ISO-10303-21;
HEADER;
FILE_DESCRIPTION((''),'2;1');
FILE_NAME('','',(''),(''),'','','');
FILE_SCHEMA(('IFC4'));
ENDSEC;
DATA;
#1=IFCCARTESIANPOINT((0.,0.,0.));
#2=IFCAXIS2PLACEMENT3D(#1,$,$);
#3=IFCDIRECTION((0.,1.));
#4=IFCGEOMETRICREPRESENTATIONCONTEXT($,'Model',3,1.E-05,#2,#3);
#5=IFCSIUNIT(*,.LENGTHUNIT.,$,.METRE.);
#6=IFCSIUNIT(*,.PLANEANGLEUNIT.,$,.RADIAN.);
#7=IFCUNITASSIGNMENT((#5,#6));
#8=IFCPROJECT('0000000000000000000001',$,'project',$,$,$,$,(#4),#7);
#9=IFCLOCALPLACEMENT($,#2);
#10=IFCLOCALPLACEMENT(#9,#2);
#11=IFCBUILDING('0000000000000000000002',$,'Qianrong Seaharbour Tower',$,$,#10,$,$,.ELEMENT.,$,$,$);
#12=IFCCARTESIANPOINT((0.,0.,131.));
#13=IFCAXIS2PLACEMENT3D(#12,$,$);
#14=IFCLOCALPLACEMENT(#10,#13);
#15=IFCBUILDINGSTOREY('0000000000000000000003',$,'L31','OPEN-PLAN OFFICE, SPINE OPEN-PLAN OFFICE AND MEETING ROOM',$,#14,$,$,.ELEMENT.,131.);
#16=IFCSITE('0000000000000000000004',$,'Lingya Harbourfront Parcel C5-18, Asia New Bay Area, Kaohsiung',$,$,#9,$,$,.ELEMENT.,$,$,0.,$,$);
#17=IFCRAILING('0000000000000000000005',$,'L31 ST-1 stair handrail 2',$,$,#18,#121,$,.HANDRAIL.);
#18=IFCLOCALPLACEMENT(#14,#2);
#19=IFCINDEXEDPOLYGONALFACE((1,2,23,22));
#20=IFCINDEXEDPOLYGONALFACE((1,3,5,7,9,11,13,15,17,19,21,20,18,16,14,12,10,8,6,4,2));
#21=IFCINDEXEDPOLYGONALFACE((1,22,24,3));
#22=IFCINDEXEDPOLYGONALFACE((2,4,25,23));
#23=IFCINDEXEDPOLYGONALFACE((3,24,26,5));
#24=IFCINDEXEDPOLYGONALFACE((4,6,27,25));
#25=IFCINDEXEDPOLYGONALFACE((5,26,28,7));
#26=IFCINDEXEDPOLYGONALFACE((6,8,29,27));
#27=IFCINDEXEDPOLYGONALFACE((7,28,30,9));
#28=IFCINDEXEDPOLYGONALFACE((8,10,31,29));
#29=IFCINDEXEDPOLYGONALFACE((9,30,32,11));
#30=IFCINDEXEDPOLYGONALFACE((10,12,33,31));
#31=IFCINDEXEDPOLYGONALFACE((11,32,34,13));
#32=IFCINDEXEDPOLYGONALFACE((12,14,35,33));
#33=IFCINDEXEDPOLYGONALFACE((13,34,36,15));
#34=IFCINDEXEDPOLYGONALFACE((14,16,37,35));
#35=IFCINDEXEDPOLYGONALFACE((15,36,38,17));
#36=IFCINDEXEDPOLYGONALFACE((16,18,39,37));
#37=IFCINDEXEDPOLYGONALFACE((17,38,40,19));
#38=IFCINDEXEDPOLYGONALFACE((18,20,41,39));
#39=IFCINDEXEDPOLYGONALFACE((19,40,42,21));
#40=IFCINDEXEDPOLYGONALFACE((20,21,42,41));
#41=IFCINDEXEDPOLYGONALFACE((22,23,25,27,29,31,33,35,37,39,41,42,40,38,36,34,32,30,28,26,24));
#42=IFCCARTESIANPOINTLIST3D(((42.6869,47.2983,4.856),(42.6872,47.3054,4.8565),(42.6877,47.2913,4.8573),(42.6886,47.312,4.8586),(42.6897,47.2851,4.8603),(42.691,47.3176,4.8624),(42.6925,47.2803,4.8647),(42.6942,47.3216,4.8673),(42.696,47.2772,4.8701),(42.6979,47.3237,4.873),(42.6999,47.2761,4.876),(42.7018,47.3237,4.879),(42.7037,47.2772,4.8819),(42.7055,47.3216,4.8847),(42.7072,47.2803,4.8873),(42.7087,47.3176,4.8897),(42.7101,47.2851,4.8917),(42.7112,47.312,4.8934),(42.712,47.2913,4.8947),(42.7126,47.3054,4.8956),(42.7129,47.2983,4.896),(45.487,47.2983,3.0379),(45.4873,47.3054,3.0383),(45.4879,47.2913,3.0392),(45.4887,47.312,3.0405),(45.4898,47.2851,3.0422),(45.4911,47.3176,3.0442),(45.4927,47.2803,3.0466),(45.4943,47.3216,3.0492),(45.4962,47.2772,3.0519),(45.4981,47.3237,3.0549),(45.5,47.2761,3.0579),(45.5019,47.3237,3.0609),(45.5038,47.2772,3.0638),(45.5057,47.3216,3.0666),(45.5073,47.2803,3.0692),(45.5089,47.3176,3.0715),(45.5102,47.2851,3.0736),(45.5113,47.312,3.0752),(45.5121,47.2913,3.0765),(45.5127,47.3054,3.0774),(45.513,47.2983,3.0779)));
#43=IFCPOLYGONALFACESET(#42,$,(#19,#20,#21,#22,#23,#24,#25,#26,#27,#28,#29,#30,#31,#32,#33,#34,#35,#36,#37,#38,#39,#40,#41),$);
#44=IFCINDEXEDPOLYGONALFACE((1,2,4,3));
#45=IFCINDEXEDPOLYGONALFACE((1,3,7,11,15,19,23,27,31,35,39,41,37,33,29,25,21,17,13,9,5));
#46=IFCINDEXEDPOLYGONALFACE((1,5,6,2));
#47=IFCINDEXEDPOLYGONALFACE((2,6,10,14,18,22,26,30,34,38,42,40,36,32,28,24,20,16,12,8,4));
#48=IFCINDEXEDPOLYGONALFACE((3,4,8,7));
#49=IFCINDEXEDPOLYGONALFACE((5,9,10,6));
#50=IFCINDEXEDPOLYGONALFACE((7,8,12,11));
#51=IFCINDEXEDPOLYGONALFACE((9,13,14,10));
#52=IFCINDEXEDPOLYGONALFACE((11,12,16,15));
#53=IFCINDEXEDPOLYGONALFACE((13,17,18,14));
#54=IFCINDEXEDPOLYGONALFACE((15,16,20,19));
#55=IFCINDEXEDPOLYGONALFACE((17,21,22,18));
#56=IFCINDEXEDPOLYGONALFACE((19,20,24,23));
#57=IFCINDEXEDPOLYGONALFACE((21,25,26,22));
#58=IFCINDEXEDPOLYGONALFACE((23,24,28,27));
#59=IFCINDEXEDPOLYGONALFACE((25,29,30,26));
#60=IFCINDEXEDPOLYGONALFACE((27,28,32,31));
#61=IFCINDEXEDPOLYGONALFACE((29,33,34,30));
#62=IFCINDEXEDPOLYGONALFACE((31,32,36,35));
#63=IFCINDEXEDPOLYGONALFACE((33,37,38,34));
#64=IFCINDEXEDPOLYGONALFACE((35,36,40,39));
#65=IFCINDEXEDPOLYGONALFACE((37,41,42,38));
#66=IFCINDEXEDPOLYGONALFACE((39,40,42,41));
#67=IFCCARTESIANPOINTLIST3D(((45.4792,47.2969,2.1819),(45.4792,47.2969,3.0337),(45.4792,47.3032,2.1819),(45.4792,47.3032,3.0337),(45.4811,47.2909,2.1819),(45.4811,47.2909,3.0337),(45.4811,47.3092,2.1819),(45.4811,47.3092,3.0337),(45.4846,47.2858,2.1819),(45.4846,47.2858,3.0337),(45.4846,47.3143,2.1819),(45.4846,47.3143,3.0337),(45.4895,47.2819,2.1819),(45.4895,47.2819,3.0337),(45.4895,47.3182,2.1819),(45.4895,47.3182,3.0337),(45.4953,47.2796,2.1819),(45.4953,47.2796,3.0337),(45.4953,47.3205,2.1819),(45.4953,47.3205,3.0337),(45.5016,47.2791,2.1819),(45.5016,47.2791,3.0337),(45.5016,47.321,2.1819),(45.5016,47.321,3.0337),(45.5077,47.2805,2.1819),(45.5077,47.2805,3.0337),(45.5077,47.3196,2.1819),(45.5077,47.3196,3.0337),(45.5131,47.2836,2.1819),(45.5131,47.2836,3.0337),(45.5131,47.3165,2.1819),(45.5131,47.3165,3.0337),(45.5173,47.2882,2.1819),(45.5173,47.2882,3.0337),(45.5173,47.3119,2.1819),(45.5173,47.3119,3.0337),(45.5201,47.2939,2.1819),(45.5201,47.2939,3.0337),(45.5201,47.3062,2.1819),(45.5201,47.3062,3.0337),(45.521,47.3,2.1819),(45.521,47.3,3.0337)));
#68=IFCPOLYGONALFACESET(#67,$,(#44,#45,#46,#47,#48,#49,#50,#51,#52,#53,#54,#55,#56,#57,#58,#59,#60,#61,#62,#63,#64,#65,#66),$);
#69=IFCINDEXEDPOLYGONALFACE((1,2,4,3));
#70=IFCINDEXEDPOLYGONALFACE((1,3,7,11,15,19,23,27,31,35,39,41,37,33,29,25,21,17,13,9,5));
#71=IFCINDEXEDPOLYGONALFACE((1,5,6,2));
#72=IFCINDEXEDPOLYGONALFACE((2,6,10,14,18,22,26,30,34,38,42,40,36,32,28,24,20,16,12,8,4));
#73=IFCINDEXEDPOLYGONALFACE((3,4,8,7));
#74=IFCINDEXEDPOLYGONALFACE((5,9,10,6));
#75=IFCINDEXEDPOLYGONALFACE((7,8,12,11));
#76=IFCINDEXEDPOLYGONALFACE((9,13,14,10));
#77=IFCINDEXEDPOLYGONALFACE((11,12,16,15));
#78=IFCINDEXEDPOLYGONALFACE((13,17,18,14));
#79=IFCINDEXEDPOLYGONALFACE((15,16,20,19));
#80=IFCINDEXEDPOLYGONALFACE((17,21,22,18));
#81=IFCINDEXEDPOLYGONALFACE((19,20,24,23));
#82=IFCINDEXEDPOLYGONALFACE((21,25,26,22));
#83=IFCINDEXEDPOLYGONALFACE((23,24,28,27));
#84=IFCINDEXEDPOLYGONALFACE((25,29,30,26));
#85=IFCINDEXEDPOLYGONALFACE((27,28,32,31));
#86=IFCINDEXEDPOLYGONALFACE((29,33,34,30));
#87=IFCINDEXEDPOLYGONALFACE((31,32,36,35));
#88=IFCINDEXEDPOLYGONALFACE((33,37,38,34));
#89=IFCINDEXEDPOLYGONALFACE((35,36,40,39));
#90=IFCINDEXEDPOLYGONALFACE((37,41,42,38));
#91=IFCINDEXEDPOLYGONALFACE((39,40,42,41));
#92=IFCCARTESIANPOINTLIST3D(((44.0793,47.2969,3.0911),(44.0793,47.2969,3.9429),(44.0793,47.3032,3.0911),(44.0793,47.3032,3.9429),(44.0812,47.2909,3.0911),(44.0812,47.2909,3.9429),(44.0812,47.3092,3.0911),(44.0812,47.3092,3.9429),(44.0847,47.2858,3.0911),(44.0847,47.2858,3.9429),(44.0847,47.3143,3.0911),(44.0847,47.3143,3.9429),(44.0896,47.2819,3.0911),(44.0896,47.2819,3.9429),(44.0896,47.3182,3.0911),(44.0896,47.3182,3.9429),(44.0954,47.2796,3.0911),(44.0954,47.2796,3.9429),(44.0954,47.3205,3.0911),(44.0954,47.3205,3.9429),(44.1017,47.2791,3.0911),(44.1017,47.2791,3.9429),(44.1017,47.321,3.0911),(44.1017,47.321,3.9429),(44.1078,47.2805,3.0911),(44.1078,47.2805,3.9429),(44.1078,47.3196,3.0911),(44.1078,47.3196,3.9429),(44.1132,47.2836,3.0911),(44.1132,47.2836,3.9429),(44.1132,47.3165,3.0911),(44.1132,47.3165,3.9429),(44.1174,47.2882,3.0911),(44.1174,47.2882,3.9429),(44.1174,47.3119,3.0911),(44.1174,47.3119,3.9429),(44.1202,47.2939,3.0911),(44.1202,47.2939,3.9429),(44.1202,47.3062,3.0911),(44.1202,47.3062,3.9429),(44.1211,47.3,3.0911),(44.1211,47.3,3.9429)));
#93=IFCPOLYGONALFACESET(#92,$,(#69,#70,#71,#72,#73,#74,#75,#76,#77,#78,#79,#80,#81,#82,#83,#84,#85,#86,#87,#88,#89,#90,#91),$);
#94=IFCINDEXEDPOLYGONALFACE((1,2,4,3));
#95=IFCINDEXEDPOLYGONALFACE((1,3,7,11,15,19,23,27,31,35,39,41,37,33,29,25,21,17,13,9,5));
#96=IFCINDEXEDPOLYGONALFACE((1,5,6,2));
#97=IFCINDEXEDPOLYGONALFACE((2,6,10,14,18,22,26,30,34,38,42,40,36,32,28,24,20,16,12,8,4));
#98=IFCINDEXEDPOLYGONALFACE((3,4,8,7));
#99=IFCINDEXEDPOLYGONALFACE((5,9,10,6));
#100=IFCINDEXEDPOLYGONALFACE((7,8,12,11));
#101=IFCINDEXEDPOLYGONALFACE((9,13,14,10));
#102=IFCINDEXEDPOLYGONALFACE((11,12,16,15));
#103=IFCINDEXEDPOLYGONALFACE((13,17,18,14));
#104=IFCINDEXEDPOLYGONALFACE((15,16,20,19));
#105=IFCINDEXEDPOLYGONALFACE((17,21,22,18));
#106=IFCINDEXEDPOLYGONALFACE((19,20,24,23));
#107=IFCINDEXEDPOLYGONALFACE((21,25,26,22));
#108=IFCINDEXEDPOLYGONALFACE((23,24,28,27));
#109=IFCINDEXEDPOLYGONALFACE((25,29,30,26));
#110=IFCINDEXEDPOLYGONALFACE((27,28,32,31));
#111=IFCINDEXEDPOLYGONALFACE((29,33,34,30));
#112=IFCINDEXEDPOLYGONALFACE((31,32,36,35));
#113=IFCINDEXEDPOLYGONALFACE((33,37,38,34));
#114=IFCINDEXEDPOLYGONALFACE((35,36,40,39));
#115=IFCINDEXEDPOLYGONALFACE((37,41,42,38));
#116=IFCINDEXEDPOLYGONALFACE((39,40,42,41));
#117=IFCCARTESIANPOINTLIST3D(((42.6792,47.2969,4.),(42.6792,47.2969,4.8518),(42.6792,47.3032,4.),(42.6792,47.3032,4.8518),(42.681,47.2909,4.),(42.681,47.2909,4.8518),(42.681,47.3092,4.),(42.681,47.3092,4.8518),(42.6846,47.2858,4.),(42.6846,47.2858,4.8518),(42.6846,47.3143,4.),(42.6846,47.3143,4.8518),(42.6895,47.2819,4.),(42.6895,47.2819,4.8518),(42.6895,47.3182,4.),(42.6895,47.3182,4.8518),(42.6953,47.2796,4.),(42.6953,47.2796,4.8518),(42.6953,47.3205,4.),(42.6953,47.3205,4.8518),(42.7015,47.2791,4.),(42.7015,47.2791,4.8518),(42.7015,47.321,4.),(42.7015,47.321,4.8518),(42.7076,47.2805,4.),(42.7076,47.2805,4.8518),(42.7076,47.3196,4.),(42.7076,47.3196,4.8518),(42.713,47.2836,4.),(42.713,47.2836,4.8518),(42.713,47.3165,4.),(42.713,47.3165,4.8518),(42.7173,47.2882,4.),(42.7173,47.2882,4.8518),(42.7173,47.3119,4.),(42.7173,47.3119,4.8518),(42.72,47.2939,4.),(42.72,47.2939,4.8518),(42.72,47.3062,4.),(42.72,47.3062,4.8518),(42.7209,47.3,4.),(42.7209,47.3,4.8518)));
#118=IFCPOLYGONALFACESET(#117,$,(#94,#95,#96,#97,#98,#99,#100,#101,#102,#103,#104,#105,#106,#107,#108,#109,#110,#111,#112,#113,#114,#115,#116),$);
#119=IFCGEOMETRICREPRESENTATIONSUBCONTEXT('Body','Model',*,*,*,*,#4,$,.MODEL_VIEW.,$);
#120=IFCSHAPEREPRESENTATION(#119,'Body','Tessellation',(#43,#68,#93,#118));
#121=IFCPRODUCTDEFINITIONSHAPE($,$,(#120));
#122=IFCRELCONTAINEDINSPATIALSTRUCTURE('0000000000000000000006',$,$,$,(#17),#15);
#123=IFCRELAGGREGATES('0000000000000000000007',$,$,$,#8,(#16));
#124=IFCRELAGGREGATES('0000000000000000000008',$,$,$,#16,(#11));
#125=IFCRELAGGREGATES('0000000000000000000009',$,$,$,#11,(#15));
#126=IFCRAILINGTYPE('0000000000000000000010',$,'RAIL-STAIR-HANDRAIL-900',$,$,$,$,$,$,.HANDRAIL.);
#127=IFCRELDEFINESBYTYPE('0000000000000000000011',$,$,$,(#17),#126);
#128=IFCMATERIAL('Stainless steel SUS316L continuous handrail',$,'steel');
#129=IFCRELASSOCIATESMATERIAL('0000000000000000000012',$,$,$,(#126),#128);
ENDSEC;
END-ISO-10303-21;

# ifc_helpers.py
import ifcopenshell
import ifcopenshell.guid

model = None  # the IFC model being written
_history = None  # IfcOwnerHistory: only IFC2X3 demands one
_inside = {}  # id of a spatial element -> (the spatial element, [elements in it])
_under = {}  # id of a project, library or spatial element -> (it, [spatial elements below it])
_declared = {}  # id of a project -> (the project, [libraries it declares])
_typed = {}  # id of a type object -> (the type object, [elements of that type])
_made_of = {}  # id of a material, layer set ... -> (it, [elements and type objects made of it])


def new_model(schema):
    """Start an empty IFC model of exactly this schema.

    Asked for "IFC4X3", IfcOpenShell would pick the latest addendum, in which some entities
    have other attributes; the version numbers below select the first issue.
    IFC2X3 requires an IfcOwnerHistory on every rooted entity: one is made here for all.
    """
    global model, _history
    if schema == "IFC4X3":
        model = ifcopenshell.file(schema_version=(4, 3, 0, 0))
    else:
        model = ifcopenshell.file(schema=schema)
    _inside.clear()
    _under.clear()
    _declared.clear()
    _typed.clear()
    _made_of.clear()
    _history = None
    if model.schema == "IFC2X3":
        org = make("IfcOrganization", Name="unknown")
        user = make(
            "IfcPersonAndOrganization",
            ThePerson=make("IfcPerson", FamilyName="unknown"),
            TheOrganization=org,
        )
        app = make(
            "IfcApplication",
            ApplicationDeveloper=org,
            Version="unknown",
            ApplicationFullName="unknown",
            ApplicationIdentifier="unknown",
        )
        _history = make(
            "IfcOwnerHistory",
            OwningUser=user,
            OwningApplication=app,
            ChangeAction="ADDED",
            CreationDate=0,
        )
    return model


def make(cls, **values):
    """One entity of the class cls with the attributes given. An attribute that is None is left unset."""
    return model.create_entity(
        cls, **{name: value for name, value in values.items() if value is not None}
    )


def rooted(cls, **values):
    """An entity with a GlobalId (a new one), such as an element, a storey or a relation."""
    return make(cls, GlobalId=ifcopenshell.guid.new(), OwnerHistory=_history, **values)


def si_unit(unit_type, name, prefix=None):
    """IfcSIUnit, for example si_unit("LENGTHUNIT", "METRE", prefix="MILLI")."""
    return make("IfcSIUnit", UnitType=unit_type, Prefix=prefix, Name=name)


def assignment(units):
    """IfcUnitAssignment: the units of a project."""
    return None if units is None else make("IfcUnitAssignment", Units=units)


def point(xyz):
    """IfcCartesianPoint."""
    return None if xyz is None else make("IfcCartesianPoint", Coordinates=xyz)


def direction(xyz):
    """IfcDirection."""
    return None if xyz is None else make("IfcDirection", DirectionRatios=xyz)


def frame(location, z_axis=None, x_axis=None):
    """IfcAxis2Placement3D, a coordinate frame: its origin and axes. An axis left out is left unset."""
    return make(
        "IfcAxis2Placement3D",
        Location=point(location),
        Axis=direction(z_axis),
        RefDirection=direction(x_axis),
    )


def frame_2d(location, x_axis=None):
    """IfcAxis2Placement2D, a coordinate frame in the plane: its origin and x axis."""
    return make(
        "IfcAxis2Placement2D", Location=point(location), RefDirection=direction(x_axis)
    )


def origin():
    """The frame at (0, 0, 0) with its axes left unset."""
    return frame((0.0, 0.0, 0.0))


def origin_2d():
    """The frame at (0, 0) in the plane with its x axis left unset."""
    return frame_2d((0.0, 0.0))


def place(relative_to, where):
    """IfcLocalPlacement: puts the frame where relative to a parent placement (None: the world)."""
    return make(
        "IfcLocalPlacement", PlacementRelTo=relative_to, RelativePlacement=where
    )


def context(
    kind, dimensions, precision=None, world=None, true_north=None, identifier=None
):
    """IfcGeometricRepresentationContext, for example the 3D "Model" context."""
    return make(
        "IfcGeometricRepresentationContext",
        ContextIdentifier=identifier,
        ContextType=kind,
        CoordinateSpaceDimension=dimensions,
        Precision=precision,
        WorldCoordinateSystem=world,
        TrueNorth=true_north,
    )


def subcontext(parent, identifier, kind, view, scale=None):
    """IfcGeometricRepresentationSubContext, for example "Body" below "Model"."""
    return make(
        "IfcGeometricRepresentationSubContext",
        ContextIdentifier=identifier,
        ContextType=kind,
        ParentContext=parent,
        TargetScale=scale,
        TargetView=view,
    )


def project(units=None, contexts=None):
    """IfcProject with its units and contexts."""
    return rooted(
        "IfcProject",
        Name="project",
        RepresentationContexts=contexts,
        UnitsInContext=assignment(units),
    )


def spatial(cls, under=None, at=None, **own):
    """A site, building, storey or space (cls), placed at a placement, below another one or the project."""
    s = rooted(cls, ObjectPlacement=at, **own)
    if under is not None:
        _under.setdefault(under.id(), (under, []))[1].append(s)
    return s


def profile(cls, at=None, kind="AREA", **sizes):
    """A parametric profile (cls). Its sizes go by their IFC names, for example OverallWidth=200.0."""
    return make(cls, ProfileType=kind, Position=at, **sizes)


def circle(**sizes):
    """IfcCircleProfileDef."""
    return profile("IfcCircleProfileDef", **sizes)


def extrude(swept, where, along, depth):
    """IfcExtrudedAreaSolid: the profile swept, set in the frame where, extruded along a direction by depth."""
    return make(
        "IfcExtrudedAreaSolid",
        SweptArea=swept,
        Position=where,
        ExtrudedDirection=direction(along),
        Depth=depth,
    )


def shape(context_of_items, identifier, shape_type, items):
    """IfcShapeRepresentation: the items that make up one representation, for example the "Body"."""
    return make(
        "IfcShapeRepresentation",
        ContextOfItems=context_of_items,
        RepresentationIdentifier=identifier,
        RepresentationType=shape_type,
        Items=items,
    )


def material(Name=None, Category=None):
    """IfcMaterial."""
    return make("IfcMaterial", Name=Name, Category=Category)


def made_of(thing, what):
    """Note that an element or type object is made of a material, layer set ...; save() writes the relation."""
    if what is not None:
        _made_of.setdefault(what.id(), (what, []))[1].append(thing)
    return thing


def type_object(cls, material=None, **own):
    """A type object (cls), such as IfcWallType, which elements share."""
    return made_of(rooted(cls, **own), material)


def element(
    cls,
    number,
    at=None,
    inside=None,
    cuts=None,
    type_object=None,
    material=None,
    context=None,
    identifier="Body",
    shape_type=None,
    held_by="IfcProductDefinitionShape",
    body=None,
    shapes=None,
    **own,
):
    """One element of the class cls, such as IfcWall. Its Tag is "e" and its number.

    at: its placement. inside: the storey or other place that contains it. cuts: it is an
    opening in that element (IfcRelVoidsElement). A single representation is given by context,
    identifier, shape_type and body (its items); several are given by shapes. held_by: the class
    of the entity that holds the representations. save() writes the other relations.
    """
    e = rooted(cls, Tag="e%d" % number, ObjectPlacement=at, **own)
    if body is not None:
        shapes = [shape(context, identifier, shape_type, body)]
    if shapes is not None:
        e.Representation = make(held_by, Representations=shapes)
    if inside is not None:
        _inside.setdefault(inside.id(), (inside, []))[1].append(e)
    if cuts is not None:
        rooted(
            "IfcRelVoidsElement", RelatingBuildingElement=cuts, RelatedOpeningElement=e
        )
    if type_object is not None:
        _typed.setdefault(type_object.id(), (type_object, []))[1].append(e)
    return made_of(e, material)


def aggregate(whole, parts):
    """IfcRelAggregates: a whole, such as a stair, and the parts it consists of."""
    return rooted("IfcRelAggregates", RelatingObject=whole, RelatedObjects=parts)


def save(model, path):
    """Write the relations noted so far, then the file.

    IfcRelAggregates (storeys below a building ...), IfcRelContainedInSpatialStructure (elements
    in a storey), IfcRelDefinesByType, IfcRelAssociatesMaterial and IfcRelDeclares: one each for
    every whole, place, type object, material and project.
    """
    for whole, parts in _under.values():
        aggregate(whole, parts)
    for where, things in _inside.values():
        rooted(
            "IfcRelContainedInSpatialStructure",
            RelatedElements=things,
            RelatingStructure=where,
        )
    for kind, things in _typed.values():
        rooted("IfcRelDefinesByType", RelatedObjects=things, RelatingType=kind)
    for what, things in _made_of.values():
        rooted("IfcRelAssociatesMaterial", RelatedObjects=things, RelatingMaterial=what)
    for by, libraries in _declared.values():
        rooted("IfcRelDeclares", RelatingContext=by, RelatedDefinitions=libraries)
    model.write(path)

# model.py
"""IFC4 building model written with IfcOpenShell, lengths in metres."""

from ifc_helpers import new_model, si_unit, direction, frame, origin, origin_2d, place, context, subcontext, project, spatial, circle, extrude, material, type_object, element, save


model = new_model("IFC4")

# Units and contexts
model_context = context("Model", 3, precision=1e-05, world=origin(), true_north=direction((0.0, 1.0)))
body_context = subcontext(model_context, "Body", "Model", "MODEL_VIEW")
ifc_project = project(units=[si_unit("LENGTHUNIT", "METRE"), si_unit("PLANEANGLEUNIT", "RADIAN")], contexts=[model_context])

# Site, building, storey
site_placement = place(None, origin())
site = spatial("IfcSite", under=ifc_project, at=site_placement, Name="Lingya Harbourfront Parcel C5-18, Asia New Bay Area, Kaohsiung", CompositionType="ELEMENT", RefElevation=0.0)
building_placement = place(site_placement, origin())
building = spatial("IfcBuilding", under=site, at=building_placement, Name="Qianrong Seaharbour Tower", CompositionType="ELEMENT")
storey_placement = place(building_placement, frame((0.0, 0.0, 131.0)))
storey = spatial("IfcBuildingStorey", under=building, at=storey_placement, Name="L31", Description="OPEN-PLAN OFFICE, SPINE OPEN-PLAN OFFICE AND MEETING ROOM", CompositionType="ELEMENT", Elevation=131.0)

# Railing
ifc_material_1 = material(Name="Stainless steel SUS316L continuous handrail", Category="steel")
railing_type_1 = type_object("IfcRailingType", Name="RAIL-STAIR-HANDRAIL-900", PredefinedType="HANDRAIL", material=ifc_material_1)
railing_1_placement = place(storey_placement, frame((45.5, 47.3, 2.1819)))
element("IfcRailing", 1, at=railing_1_placement, inside=storey, type_object=railing_type_1, Name="L31 ST-1 stair handrail 2", PredefinedType="HANDRAIL", context=body_context, shape_type="SweptSolid", body=[
    extrude(circle(Radius=0.0239, at=origin_2d()), frame((0.0, 0.0, 0.876), z_axis=(-0.838706, 0.0, 0.544585), x_axis=(0.0, -1.0, 0.0)), (0.0, 0.0, 1.0), 3.3386),
    extrude(circle(Radius=0.021, at=origin_2d()), origin(), (0.0, 0.0, 1.0), 0.8518),
    extrude(circle(Radius=0.021, at=origin_2d()), frame((-1.3999, 0.0, 0.9092)), (0.0, 0.0, 1.0), 0.8518),
    extrude(circle(Radius=0.021, at=origin_2d()), frame((-2.8, 0.0, 1.8181)), (0.0, 0.0, 1.0), 0.8518),
])

save(model, "model.ifc")
